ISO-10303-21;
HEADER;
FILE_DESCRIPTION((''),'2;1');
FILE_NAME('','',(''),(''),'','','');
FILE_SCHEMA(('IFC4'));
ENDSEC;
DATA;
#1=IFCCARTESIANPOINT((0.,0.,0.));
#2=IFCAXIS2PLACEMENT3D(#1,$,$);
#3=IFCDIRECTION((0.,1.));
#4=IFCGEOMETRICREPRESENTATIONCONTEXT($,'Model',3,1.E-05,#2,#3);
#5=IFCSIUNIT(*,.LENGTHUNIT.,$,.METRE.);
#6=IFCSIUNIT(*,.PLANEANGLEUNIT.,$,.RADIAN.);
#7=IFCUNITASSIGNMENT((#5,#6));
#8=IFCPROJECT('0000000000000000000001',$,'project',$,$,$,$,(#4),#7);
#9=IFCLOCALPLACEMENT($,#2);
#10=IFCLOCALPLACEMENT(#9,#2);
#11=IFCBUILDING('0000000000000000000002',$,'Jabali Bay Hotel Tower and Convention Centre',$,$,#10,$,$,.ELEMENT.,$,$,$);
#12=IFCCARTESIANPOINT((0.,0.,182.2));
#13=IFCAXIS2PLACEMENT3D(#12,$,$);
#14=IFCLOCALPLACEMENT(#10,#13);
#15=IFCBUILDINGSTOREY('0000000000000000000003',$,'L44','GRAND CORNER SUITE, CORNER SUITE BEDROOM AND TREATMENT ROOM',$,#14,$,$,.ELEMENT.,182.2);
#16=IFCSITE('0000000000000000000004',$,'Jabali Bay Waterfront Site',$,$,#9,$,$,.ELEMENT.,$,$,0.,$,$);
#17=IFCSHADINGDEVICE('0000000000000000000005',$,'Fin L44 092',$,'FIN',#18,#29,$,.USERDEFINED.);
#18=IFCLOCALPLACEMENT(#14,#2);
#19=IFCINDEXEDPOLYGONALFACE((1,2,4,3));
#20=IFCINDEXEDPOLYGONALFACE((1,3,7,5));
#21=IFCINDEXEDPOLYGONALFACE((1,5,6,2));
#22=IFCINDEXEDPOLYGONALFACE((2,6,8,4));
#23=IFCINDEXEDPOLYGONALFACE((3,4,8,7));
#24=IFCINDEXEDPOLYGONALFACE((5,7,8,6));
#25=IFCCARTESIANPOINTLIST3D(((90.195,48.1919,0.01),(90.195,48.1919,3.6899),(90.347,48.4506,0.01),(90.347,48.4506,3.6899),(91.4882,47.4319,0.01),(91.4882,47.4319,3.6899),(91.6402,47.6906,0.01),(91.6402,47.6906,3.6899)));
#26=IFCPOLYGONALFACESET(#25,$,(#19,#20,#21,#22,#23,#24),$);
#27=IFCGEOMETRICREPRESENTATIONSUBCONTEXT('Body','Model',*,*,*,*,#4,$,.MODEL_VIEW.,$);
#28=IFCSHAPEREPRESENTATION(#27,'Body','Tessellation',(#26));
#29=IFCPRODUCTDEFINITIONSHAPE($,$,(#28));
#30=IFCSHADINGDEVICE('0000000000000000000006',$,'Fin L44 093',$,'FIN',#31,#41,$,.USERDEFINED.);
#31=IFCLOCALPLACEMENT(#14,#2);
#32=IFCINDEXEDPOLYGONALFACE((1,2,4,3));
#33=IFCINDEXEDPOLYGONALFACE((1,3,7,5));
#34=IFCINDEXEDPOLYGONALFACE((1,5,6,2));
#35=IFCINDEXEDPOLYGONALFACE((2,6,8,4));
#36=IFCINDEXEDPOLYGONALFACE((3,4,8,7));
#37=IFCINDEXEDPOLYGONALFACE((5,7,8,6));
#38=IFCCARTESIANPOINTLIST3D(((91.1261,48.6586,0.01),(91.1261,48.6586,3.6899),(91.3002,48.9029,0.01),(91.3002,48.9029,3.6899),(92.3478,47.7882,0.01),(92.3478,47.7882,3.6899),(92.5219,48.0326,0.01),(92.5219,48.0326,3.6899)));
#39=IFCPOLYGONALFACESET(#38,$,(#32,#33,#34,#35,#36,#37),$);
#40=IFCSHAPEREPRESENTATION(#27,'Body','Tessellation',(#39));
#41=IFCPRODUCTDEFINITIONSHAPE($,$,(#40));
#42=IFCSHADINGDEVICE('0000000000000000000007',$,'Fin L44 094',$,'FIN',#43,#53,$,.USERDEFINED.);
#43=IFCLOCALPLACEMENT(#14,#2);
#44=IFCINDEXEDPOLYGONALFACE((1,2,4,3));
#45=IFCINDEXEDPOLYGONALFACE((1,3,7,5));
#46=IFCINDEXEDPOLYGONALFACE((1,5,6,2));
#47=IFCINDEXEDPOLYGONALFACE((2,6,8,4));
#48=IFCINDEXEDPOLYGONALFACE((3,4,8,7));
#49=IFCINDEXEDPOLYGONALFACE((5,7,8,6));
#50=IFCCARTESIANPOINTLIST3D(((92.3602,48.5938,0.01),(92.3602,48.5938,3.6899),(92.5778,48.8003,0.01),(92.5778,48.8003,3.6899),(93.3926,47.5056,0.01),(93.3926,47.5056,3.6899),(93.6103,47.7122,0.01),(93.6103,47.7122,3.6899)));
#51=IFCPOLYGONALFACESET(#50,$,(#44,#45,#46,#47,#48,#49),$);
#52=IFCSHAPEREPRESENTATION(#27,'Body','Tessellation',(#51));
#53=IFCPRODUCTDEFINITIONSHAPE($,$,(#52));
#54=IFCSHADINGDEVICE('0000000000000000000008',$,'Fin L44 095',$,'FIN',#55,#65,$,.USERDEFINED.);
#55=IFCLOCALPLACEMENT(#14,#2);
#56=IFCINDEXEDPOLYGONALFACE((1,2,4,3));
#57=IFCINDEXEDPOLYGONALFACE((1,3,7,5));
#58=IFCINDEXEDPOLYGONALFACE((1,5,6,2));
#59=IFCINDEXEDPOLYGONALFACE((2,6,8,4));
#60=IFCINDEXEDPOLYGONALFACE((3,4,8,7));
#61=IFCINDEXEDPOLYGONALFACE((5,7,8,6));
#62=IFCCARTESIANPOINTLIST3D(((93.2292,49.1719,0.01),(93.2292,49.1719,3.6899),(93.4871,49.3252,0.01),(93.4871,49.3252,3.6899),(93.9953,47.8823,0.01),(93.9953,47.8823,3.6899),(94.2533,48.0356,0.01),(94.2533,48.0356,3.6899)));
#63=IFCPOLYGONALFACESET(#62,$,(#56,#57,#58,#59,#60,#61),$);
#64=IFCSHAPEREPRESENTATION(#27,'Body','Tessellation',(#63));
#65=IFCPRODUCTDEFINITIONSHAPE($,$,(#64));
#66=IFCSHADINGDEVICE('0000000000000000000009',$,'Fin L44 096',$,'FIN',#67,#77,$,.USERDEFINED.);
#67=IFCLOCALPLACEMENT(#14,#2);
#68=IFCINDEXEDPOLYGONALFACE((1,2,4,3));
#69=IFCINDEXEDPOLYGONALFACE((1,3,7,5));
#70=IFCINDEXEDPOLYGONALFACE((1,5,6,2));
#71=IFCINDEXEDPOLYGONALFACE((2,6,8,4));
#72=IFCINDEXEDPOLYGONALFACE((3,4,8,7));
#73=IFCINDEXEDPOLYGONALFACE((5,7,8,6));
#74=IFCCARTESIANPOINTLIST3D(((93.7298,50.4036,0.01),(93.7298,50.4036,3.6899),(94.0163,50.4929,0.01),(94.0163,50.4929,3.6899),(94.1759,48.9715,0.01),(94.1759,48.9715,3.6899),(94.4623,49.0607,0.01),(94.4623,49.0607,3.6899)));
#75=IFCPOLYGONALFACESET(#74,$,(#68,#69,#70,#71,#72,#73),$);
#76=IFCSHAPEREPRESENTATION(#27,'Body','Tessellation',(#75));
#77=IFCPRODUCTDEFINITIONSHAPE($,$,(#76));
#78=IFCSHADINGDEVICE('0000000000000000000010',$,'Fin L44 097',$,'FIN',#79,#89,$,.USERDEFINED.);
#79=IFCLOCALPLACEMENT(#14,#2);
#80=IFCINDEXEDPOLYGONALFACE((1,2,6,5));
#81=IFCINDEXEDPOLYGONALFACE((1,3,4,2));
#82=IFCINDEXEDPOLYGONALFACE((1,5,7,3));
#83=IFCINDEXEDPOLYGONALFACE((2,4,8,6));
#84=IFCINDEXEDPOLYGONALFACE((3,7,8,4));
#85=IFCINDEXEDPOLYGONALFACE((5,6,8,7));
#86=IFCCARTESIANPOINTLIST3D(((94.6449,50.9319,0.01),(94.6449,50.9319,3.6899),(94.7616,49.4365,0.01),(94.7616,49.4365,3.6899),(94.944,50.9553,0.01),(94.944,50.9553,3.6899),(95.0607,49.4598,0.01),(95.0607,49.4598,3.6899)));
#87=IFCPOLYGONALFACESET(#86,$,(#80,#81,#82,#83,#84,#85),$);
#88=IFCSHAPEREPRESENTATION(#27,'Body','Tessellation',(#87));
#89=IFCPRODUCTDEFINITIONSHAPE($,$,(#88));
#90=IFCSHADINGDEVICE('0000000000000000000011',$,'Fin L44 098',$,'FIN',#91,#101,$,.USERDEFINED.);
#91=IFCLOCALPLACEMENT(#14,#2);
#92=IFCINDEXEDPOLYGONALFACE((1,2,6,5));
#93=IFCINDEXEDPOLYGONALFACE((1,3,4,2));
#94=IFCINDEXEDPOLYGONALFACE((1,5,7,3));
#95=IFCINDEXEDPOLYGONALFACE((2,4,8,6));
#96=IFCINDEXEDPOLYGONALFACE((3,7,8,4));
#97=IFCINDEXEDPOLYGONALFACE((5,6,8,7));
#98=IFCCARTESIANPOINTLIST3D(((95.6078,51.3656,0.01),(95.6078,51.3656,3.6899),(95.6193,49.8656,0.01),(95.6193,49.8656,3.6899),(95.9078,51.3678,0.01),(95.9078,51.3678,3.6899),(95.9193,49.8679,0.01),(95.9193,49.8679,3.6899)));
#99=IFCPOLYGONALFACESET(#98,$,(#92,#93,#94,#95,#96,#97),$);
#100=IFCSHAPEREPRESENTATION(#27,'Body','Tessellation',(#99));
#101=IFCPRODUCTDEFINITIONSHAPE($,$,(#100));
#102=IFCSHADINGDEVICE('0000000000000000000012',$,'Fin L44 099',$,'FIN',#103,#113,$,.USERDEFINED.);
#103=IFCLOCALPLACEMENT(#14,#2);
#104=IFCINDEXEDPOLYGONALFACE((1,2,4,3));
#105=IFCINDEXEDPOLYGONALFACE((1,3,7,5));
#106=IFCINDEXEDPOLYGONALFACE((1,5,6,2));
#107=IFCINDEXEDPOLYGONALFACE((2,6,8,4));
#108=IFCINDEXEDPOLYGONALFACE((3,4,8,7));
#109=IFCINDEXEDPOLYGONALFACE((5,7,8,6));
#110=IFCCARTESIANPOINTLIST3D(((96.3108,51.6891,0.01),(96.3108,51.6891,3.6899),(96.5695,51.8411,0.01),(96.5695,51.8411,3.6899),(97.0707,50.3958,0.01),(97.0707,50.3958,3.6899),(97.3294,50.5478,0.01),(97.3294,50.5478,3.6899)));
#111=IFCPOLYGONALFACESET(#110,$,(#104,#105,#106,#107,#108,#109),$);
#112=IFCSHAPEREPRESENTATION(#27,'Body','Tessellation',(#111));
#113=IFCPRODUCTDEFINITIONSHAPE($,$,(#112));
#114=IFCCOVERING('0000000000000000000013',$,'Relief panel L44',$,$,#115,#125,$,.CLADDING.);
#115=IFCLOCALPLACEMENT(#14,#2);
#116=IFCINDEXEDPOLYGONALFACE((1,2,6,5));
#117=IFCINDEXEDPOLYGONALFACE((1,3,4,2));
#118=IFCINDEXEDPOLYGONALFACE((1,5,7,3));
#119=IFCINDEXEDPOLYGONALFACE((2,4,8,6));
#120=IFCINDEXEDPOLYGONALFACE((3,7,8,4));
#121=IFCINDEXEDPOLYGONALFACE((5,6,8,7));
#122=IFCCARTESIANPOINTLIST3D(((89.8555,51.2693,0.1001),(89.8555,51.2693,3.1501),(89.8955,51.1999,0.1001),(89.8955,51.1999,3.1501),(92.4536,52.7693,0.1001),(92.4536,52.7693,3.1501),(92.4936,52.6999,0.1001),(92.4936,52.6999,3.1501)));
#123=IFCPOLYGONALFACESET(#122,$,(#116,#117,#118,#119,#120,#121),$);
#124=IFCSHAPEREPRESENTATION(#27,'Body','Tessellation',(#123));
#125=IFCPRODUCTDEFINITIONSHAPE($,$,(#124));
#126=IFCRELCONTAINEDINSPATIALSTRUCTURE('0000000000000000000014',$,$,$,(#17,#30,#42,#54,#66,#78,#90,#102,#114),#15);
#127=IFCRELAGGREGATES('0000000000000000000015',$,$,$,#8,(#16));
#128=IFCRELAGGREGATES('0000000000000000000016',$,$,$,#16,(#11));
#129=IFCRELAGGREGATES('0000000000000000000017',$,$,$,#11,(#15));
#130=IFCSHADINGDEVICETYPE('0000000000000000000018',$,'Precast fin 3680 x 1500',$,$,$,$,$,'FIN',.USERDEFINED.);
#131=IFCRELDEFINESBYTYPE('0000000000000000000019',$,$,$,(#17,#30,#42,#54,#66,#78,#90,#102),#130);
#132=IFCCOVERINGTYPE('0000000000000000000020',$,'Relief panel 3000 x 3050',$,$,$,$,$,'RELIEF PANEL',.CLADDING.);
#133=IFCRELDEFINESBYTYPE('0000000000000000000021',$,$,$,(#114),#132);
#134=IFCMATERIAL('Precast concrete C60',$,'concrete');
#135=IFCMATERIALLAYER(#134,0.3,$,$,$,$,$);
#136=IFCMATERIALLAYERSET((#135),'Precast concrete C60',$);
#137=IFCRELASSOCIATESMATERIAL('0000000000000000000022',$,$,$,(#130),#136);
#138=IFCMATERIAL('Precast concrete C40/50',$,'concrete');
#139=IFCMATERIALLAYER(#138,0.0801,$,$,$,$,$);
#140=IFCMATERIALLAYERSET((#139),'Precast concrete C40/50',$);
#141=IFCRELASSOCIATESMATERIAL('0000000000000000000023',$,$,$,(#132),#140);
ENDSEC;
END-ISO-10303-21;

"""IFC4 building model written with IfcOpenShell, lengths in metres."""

from ifc_helpers import new_model, si_unit, direction, frame, frame_2d, origin, origin_2d, place, context, subcontext, project, spatial, rectangle, extrude, material, layer, layer_set, type_object, element, save


model = new_model("IFC4")

# Units and contexts
model_context = context("Model", 3, precision=1e-05, world=origin(), true_north=direction((0.0, 1.0)))
body_context = subcontext(model_context, "Body", "Model", "MODEL_VIEW")
ifc_project = project(units=[si_unit("LENGTHUNIT", "METRE"), si_unit("PLANEANGLEUNIT", "RADIAN")], contexts=[model_context])

# Site, building, storey
site_placement = place(None, origin())
site = spatial("IfcSite", under=ifc_project, at=site_placement, Name="Jabali Bay Waterfront Site", CompositionType="ELEMENT", RefElevation=0.0)
building_placement = place(site_placement, origin())
building = spatial("IfcBuilding", under=site, at=building_placement, Name="Jabali Bay Hotel Tower and Convention Centre", CompositionType="ELEMENT")
storey_placement = place(building_placement, frame((0.0, 0.0, 182.2)))
storey = spatial("IfcBuildingStorey", under=building, at=storey_placement, Name="L44", Description="GRAND CORNER SUITE, CORNER SUITE BEDROOM AND TREATMENT ROOM", CompositionType="ELEMENT", Elevation=182.2)

# Shading devices
ifc_material_1 = material(Name="Precast concrete C60", Category="concrete")
ifc_layer_1 = layer(ifc_material_1, 0.3)
ifc_layer_set_1 = layer_set([ifc_layer_1], Name="Precast concrete C60")
shading_device_type = type_object("IfcShadingDeviceType", Name="Precast fin 3680 x 1500", ElementType="FIN", PredefinedType="USERDEFINED", material=ifc_layer_set_1)
for number, where, z_axis, x_axis, name in (
    (1, (90.271, 48.3213, 0.01), (0.0, 0.0, 1.0), (0.862139, -0.506672, 0.0), "Fin L44 092"),
    (2, (91.2131, 48.7808, 0.01), (0.0, 0.0, 1.0), (0.814448, -0.580237, 0.0), "Fin L44 093"),
    (3, (92.469, 48.697, 0.01), (0.0, 0.0, 1.0), (0.688309, -0.725418, 0.0), "Fin L44 094"),
    (4, (93.3582, 49.2485, 0.01), (0.0, 0.0, 1.0), (0.510757, -0.859725, 0.0), "Fin L44 095"),
    (5, (93.873, 50.4482, 0.01), (0.0, 0.0, 1.0), (0.297367, -0.954763, 0.0), "Fin L44 096"),
    (6, (94.7944, 50.9436, 0.01), (0.0, 0.0, 1.0), (0.077804, -0.996969, 0.0), "Fin L44 097"),
    (7, (95.7578, 51.3667, 0.01), (0.0, 0.0, 1.0), (0.00765, -0.999971, 0.0), "Fin L44 098"),
    (8, (96.4402, 51.7651, 0.01), (0.0, 0.0, 1.0), (0.506551, -0.86221, 0.0), "Fin L44 099"),
):
    element("IfcShadingDevice", number, at=place(storey_placement, frame(where, z_axis=z_axis, x_axis=x_axis)), inside=storey, type_object=shading_device_type, Name=name, ObjectType="FIN", PredefinedType="USERDEFINED", context=body_context, shape_type="SweptSolid", body=[
        extrude(rectangle(XDim=1.5, YDim=0.3, at=frame_2d((0.75, 0.0))), origin(), (0.0, 0.0, 1.0), 3.6799),
    ])

# Covering
ifc_material_2 = material(Name="Precast concrete C40/50", Category="concrete")
ifc_layer_2 = layer(ifc_material_2, 0.0801)
ifc_layer_set_2 = layer_set([ifc_layer_2], Name="Precast concrete C40/50")
covering_type = type_object("IfcCoveringType", Name="Relief panel 3000 x 3050", ElementType="RELIEF PANEL", PredefinedType="CLADDING", material=ifc_layer_set_2)
covering_placement = place(storey_placement, frame((91.1746, 51.9846, 0.1001), z_axis=(0.0, 0.0, 1.0), x_axis=(-0.866025, -0.5, 0.0)))
element("IfcCovering", 9, at=covering_placement, inside=storey, type_object=covering_type, Name="Relief panel L44", PredefinedType="CLADDING", context=body_context, shape_type="SweptSolid", body=[
    extrude(rectangle(XDim=3.0, YDim=0.0801, at=origin_2d()), origin(), (0.0, 0.0, 1.0), 3.05),
])

save(model, "model.ifc")
